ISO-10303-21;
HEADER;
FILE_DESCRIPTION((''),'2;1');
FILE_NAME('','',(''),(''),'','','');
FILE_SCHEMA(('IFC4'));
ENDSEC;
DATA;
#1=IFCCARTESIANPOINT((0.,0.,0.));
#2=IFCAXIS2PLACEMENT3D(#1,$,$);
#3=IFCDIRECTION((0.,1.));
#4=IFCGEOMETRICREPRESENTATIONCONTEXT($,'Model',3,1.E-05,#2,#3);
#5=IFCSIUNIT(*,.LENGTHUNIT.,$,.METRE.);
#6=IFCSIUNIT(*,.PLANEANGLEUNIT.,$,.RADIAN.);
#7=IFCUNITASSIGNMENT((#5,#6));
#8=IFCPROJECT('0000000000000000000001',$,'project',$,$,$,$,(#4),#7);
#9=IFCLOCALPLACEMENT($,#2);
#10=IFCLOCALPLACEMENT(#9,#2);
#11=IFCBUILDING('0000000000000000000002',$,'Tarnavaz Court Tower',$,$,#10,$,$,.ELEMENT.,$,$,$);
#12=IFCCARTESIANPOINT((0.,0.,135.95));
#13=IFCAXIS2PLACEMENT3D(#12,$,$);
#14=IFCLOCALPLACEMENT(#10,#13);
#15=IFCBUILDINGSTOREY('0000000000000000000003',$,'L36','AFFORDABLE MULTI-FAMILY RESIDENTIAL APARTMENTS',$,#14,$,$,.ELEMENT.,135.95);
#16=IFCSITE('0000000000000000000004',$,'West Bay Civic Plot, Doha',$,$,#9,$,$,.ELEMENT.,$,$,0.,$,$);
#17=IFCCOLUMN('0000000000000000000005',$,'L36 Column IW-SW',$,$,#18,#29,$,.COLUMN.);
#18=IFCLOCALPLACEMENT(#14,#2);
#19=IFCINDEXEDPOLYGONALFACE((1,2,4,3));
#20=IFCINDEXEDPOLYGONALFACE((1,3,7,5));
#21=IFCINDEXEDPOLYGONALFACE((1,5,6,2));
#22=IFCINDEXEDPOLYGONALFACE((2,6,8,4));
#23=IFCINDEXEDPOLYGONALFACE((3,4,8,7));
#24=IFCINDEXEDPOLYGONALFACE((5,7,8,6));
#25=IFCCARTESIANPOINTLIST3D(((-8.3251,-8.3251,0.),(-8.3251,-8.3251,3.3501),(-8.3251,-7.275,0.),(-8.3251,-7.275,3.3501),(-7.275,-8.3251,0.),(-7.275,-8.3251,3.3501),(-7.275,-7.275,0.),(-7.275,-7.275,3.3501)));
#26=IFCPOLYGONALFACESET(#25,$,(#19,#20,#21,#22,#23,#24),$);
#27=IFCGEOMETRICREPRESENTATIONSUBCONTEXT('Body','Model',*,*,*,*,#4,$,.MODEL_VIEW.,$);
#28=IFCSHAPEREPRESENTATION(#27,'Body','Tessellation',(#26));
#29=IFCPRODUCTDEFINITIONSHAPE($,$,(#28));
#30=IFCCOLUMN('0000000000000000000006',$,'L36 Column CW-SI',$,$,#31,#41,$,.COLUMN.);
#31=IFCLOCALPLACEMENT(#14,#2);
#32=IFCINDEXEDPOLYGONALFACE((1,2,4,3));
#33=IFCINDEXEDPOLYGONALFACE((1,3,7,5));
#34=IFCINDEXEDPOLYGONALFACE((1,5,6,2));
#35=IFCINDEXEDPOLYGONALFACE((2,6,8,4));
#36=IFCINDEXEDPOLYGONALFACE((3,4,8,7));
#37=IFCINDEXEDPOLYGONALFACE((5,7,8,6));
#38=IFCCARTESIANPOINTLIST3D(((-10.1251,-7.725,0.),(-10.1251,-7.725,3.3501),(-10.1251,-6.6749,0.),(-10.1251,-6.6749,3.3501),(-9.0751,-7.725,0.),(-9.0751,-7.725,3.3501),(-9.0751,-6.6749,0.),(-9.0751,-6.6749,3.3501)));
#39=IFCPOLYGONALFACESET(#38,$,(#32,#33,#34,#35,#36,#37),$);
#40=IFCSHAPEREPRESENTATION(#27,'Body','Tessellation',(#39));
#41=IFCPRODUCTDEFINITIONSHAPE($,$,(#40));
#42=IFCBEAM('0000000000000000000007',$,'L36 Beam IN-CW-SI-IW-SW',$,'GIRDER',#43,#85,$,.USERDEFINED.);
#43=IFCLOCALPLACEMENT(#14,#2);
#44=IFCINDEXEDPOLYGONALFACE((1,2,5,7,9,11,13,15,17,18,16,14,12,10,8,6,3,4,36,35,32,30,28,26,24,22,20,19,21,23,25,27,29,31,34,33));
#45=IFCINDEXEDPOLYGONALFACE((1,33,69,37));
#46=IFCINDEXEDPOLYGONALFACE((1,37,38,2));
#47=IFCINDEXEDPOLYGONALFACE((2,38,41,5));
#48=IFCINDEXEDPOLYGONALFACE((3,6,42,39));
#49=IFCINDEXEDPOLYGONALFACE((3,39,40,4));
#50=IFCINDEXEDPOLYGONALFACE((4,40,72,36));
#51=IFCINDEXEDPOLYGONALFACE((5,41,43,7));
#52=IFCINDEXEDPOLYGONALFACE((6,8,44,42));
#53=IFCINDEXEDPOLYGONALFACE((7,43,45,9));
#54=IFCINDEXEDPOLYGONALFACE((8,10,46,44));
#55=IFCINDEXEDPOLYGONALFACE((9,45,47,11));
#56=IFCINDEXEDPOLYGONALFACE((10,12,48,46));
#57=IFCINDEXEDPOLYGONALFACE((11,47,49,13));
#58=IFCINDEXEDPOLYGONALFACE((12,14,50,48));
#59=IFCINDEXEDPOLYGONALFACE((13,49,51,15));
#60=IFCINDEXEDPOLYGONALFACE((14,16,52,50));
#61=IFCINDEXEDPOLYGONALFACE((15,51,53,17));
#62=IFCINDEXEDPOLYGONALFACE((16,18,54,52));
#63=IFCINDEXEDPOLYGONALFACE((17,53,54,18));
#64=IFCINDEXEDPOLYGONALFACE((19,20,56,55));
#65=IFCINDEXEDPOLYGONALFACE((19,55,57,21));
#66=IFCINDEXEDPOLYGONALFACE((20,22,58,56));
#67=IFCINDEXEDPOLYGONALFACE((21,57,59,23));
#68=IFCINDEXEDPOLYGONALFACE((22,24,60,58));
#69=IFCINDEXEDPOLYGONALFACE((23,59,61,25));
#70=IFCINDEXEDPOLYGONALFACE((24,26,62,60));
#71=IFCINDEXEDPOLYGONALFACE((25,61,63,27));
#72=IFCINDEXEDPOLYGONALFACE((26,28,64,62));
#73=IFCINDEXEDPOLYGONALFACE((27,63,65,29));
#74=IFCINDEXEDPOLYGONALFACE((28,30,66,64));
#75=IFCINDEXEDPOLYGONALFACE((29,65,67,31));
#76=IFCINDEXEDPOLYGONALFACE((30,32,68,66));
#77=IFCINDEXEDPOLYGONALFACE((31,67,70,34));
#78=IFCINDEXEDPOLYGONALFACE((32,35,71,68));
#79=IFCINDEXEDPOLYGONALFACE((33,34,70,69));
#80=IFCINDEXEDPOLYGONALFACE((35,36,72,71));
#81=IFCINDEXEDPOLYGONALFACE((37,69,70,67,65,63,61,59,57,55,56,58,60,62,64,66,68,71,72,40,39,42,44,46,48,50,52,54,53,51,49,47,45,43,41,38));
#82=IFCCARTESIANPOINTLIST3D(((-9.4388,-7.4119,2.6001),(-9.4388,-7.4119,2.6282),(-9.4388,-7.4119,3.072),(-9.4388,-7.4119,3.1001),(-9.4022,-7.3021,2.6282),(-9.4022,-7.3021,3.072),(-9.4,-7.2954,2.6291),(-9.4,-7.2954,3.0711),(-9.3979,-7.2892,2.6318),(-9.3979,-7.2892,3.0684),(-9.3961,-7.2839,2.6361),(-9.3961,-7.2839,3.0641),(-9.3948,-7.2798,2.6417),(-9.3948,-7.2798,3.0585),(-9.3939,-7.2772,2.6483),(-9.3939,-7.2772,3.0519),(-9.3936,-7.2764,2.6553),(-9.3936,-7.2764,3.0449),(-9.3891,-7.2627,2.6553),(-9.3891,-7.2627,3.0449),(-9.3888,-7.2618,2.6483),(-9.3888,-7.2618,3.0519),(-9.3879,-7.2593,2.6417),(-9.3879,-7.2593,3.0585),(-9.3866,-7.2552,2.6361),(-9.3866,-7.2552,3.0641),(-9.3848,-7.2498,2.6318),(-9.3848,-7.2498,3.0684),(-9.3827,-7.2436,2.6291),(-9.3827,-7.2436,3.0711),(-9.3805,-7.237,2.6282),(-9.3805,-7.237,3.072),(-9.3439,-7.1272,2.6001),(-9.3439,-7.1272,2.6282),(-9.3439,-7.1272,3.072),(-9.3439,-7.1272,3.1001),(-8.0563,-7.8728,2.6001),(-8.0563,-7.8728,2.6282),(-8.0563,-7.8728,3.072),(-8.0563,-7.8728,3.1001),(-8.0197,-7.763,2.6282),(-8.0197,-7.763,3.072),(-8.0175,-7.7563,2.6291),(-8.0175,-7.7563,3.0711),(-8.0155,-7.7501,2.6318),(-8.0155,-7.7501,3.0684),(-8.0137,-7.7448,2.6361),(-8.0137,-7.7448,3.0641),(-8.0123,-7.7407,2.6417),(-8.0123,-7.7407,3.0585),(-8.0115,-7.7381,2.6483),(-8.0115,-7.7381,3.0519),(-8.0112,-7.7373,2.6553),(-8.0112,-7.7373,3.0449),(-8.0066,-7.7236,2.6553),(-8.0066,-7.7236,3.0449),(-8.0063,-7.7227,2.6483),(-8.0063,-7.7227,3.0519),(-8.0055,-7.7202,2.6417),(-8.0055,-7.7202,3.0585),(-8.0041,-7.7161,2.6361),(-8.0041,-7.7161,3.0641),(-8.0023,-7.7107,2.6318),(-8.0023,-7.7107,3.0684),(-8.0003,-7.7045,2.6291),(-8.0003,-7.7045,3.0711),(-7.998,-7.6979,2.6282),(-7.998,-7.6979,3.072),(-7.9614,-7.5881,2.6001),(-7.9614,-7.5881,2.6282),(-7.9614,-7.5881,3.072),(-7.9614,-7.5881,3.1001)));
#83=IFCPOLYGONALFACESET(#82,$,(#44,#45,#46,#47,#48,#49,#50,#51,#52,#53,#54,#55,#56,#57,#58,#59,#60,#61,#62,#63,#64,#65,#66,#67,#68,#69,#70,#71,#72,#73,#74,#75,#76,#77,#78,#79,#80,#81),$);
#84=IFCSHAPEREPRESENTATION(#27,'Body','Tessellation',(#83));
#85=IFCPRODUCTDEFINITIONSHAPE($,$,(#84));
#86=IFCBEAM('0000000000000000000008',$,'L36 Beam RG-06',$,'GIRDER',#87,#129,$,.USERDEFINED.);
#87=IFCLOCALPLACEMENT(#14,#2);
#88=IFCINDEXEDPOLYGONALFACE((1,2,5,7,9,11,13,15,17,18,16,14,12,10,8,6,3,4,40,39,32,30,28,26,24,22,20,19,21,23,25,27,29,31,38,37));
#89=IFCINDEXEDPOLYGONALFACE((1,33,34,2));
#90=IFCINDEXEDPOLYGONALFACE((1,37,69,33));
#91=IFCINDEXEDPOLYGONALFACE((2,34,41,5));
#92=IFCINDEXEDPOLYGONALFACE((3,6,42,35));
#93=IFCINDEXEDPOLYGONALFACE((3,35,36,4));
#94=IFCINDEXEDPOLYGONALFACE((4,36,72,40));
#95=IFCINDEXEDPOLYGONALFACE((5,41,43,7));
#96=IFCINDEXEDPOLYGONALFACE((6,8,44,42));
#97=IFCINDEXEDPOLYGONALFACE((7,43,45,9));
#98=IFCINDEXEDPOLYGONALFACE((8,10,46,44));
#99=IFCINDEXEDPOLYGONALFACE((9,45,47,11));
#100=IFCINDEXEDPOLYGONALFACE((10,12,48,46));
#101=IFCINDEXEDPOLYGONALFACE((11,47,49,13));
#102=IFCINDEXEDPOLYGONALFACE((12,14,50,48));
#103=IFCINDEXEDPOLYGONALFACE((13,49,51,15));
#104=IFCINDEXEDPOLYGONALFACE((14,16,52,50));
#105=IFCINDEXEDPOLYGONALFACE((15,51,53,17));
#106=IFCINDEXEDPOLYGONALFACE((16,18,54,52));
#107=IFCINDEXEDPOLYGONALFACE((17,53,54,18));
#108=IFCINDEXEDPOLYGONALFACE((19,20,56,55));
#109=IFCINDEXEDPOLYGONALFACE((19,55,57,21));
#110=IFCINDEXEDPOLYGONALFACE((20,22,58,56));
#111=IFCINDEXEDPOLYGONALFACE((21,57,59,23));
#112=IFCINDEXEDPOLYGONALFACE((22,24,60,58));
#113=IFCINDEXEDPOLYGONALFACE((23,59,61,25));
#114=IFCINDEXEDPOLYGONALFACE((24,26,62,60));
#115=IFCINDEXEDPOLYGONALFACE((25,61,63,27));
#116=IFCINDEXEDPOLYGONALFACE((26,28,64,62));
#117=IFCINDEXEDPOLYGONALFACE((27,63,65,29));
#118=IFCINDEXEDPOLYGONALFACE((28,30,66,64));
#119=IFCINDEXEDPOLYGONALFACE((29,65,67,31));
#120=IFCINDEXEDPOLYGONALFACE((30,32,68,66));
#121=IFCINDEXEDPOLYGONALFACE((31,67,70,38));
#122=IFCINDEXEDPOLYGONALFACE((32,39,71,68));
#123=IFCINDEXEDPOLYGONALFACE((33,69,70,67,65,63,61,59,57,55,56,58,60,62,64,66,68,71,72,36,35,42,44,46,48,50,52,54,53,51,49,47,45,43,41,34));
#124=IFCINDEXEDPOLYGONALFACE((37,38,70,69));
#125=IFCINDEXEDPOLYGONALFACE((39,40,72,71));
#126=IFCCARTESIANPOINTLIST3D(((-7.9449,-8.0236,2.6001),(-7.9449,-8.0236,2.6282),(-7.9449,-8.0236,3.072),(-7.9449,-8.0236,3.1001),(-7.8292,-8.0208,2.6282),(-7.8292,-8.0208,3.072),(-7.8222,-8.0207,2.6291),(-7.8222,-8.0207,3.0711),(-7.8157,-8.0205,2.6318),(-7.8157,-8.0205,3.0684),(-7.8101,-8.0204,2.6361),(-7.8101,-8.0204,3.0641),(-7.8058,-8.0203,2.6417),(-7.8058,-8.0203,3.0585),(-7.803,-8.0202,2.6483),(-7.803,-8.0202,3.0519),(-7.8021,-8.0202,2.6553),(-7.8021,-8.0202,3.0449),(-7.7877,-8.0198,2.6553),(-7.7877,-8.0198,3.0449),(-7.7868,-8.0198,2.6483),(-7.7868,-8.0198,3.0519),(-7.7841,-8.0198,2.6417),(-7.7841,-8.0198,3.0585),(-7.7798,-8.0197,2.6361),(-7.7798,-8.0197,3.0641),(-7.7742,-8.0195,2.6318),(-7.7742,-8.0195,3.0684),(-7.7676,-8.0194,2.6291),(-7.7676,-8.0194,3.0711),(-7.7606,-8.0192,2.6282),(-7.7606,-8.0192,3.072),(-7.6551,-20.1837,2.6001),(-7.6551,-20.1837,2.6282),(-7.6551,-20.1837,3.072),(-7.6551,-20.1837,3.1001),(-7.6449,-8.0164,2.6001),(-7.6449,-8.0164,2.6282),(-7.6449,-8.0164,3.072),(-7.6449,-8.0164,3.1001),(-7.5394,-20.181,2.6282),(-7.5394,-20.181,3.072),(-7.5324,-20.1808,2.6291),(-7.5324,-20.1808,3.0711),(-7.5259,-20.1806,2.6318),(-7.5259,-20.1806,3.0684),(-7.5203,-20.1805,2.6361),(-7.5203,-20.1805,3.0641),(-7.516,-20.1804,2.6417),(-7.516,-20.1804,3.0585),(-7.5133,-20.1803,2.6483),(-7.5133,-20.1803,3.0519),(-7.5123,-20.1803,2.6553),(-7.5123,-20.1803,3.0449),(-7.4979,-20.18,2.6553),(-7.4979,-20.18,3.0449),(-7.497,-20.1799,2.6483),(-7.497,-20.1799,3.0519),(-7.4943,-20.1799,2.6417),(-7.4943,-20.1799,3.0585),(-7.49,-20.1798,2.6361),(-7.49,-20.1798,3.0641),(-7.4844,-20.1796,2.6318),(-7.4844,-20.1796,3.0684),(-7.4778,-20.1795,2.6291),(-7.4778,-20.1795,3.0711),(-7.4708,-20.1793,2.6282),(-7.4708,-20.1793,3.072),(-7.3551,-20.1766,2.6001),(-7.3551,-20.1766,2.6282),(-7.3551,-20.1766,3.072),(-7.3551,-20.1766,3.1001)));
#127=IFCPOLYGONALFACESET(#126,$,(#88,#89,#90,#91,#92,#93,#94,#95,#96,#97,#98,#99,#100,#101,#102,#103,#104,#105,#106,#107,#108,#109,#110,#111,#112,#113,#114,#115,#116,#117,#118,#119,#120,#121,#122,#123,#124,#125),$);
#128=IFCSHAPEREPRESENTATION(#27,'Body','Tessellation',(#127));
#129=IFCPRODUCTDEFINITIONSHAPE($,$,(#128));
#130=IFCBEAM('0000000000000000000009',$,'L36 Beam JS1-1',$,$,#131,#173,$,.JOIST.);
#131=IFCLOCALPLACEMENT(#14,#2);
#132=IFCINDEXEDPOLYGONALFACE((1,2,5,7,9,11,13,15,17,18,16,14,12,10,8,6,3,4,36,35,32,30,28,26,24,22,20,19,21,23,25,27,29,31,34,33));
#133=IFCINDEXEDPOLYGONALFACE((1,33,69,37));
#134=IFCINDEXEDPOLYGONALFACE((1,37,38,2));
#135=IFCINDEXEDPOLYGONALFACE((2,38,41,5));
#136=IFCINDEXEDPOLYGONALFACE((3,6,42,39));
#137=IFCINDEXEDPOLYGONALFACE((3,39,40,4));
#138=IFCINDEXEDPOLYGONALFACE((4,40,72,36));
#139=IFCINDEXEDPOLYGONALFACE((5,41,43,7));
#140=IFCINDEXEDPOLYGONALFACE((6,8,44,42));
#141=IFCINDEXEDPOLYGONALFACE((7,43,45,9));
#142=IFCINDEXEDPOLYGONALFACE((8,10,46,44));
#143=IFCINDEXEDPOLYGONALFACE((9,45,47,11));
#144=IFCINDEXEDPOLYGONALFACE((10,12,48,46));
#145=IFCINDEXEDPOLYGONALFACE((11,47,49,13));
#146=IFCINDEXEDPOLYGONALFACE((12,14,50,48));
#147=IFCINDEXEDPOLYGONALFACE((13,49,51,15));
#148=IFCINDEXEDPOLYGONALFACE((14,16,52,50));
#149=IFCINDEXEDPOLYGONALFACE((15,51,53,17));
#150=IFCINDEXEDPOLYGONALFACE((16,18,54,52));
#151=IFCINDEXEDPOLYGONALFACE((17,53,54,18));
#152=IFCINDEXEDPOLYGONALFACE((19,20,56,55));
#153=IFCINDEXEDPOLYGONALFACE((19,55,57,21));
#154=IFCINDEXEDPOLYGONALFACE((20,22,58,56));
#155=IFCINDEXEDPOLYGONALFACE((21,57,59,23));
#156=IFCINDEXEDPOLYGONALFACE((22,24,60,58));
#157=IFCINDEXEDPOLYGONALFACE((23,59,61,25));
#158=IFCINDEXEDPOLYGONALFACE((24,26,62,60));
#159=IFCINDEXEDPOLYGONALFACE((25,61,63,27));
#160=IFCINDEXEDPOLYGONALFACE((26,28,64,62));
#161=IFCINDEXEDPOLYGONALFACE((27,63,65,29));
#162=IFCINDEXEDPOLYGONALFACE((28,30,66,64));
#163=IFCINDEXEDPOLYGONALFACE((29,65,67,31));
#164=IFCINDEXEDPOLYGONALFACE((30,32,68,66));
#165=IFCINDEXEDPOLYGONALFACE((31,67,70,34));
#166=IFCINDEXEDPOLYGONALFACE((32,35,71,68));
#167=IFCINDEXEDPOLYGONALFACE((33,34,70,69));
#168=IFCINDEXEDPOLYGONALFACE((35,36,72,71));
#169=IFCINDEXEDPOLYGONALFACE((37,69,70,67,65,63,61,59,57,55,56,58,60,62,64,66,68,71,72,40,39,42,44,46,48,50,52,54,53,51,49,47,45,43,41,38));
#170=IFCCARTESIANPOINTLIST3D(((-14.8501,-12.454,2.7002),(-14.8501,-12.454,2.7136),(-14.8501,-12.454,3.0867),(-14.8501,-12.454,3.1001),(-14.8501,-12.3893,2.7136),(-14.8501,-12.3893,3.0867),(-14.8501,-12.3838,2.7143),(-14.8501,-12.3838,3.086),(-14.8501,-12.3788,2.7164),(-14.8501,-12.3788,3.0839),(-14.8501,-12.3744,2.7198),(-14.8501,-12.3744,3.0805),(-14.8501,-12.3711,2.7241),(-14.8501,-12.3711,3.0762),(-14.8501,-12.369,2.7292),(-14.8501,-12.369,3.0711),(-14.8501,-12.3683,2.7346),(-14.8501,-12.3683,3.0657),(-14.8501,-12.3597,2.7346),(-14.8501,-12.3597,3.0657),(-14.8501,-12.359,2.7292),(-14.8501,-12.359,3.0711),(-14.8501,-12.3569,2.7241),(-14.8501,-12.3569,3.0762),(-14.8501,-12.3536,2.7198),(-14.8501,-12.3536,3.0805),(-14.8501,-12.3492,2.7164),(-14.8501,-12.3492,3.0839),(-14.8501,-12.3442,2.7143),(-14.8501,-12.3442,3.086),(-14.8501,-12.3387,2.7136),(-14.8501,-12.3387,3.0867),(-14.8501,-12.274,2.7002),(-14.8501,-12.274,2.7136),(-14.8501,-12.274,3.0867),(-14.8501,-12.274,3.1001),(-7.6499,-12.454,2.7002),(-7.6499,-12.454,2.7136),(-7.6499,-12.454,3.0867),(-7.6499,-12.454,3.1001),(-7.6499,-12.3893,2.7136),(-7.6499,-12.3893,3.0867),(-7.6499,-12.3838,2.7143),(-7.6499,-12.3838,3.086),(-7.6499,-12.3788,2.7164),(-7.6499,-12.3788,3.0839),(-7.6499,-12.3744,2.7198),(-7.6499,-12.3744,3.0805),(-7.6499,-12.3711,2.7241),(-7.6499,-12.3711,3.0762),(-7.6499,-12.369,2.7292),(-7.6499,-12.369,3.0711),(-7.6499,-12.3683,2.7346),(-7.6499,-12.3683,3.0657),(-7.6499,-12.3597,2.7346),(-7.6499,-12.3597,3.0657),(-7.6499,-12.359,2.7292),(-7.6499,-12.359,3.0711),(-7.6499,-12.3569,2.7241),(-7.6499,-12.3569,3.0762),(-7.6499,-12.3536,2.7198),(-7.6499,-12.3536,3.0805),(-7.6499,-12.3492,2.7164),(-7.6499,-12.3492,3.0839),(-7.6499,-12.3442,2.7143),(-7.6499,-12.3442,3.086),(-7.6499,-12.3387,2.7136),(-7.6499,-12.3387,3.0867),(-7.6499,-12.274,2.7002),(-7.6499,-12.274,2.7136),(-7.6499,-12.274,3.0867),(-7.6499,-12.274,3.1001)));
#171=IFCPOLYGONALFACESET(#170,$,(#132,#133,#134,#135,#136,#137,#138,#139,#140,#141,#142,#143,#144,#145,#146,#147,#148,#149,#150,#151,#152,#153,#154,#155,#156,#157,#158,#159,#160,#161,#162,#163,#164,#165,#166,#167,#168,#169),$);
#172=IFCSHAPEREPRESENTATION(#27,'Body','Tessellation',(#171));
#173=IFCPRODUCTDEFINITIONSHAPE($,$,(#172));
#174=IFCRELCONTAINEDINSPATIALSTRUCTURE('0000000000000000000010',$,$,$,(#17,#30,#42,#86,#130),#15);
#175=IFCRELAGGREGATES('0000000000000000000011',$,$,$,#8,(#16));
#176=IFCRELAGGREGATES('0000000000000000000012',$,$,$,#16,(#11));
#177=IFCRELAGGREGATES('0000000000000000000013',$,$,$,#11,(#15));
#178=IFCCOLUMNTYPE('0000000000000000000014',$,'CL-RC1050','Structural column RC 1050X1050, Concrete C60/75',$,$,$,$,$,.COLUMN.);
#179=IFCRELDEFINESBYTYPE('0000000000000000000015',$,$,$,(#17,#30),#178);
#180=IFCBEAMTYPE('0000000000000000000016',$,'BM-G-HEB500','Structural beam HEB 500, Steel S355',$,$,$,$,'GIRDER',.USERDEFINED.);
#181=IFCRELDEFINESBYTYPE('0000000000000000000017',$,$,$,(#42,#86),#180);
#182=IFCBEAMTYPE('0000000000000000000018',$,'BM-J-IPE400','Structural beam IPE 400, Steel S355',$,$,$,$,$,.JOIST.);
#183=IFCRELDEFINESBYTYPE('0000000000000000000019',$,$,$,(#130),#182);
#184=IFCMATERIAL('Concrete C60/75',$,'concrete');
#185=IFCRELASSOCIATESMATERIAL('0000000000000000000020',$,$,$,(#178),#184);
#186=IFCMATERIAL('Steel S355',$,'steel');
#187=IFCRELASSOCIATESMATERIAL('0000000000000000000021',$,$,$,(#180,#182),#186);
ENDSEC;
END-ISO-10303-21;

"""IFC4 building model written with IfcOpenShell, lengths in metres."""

from ifc_helpers import new_model, si_unit, direction, frame, origin, origin_2d, place, context, subcontext, project, spatial, rectangle, i_section, extrude, material, material_profile, profile_set, type_object, element, save


model = new_model("IFC4")

# Units and contexts
model_context = context("Model", 3, precision=1e-05, world=origin(), true_north=direction((0.0, 1.0)))
body_context = subcontext(model_context, "Body", "Model", "MODEL_VIEW")
ifc_project = project(units=[si_unit("LENGTHUNIT", "METRE"), si_unit("PLANEANGLEUNIT", "RADIAN")], contexts=[model_context])

# Site, building, storey
site_placement = place(None, origin())
site = spatial("IfcSite", under=ifc_project, at=site_placement, Name="West Bay Civic Plot, Doha", CompositionType="ELEMENT", RefElevation=0.0)
building_placement = place(site_placement, origin())
building = spatial("IfcBuilding", under=site, at=building_placement, Name="Tarnavaz Court Tower", CompositionType="ELEMENT")
storey_placement = place(building_placement, frame((0.0, 0.0, 135.95)))
storey = spatial("IfcBuildingStorey", under=building, at=storey_placement, Name="L36", Description="AFFORDABLE MULTI-FAMILY RESIDENTIAL APARTMENTS", CompositionType="ELEMENT", Elevation=135.95)

# Columns
ifc_material_1 = material(Name="Concrete C60/75", Category="concrete")
ifc_material_profile_1 = material_profile(ifc_material_1, rectangle(XDim=1.05, YDim=1.05, at=origin_2d()), Name="RC 1050X1050")
ifc_profile_set_1 = profile_set([ifc_material_profile_1], Name="Concrete C60/75")
column_type = type_object("IfcColumnType", Name="CL-RC1050", Description="Structural column RC 1050X1050, Concrete C60/75", PredefinedType="COLUMN", material=ifc_profile_set_1)
for number, where, z_axis, x_axis, name in (
    (1, (-7.8, -7.8, 0.0), (0.0, 0.0, 1.0), (1.0, 0.0, 0.0), "L36 Column IW-SW"),
    (2, (-9.6001, -7.2, 0.0), (0.0, 0.0, 1.0), (1.0, 0.0, 0.0), "L36 Column CW-SI"),
):
    element("IfcColumn", number, at=place(storey_placement, frame(where, z_axis=z_axis, x_axis=x_axis)), inside=storey, type_object=column_type, Name=name, PredefinedType="COLUMN", context=body_context, shape_type="SweptSolid", body=[
        extrude(rectangle(XDim=1.05, YDim=1.05, at=origin_2d()), origin(), (0.0, 0.0, 1.0), 3.3501),
    ])

# Beams
ifc_material_2 = material(Name="Steel S355", Category="steel")
ifc_material_profile_2 = material_profile(ifc_material_2, i_section(OverallWidth=0.3, OverallDepth=0.5, WebThickness=0.0144, FlangeThickness=0.0281, FilletRadius=0.0271, at=origin_2d()), Name="HEB 500")
ifc_profile_set_2 = profile_set([ifc_material_profile_2], Name="Steel S355")
beam_type_1 = type_object("IfcBeamType", Name="BM-G-HEB500", Description="Structural beam HEB 500, Steel S355", ElementType="GIRDER", PredefinedType="USERDEFINED", material=ifc_profile_set_2)
beam_1_placement = place(storey_placement, frame((-9.3914, -7.2695, 2.8501), z_axis=(0.948667, -0.316278, 0.0), x_axis=(0.316278, 0.948667, 0.0)))
element("IfcBeam", 3, at=beam_1_placement, inside=storey, type_object=beam_type_1, Name="L36 Beam IN-CW-SI-IW-SW", ObjectType="GIRDER", PredefinedType="USERDEFINED", context=body_context, shape_type="SweptSolid", body=[
    extrude(i_section(OverallWidth=0.3, OverallDepth=0.5, WebThickness=0.0144, FlangeThickness=0.0281, FilletRadius=0.0271, at=origin_2d()), origin(), (0.0, 0.0, 1.0), 1.4573),
])
beam_2_placement = place(storey_placement, frame((-7.7949, -8.02, 2.8501), z_axis=(0.023825, -0.999716, 0.0), x_axis=(0.999716, 0.023825, 0.0)))
element("IfcBeam", 4, at=beam_2_placement, inside=storey, type_object=beam_type_1, Name="L36 Beam RG-06", ObjectType="GIRDER", PredefinedType="USERDEFINED", context=body_context, shape_type="SweptSolid", body=[
    extrude(i_section(OverallWidth=0.3, OverallDepth=0.5, WebThickness=0.0144, FlangeThickness=0.0281, FilletRadius=0.0271, at=origin_2d()), origin(), (0.0, 0.0, 1.0), 12.1636),
])
ifc_material_profile_3 = material_profile(ifc_material_2, i_section(OverallWidth=0.1799, OverallDepth=0.3999, WebThickness=0.0085, FlangeThickness=0.0134, FilletRadius=0.021, at=origin_2d()), Name="IPE 400")
ifc_profile_set_3 = profile_set([ifc_material_profile_3], Name="Steel S355")
beam_type_2 = type_object("IfcBeamType", Name="BM-J-IPE400", Description="Structural beam IPE 400, Steel S355", PredefinedType="JOIST", material=ifc_profile_set_3)
beam_3_placement = place(storey_placement, frame((-14.8501, -12.364, 2.9001), z_axis=(1.0, 0.0, 0.0), x_axis=(0.0, 1.0, 0.0)))
element("IfcBeam", 5, at=beam_3_placement, inside=storey, type_object=beam_type_2, Name="L36 Beam JS1-1", PredefinedType="JOIST", context=body_context, shape_type="SweptSolid", body=[
    extrude(i_section(OverallWidth=0.1799, OverallDepth=0.3999, WebThickness=0.0085, FlangeThickness=0.0134, FilletRadius=0.021, at=origin_2d()), origin(), (0.0, 0.0, 1.0), 7.2002),
])

save(model, "model.ifc")
